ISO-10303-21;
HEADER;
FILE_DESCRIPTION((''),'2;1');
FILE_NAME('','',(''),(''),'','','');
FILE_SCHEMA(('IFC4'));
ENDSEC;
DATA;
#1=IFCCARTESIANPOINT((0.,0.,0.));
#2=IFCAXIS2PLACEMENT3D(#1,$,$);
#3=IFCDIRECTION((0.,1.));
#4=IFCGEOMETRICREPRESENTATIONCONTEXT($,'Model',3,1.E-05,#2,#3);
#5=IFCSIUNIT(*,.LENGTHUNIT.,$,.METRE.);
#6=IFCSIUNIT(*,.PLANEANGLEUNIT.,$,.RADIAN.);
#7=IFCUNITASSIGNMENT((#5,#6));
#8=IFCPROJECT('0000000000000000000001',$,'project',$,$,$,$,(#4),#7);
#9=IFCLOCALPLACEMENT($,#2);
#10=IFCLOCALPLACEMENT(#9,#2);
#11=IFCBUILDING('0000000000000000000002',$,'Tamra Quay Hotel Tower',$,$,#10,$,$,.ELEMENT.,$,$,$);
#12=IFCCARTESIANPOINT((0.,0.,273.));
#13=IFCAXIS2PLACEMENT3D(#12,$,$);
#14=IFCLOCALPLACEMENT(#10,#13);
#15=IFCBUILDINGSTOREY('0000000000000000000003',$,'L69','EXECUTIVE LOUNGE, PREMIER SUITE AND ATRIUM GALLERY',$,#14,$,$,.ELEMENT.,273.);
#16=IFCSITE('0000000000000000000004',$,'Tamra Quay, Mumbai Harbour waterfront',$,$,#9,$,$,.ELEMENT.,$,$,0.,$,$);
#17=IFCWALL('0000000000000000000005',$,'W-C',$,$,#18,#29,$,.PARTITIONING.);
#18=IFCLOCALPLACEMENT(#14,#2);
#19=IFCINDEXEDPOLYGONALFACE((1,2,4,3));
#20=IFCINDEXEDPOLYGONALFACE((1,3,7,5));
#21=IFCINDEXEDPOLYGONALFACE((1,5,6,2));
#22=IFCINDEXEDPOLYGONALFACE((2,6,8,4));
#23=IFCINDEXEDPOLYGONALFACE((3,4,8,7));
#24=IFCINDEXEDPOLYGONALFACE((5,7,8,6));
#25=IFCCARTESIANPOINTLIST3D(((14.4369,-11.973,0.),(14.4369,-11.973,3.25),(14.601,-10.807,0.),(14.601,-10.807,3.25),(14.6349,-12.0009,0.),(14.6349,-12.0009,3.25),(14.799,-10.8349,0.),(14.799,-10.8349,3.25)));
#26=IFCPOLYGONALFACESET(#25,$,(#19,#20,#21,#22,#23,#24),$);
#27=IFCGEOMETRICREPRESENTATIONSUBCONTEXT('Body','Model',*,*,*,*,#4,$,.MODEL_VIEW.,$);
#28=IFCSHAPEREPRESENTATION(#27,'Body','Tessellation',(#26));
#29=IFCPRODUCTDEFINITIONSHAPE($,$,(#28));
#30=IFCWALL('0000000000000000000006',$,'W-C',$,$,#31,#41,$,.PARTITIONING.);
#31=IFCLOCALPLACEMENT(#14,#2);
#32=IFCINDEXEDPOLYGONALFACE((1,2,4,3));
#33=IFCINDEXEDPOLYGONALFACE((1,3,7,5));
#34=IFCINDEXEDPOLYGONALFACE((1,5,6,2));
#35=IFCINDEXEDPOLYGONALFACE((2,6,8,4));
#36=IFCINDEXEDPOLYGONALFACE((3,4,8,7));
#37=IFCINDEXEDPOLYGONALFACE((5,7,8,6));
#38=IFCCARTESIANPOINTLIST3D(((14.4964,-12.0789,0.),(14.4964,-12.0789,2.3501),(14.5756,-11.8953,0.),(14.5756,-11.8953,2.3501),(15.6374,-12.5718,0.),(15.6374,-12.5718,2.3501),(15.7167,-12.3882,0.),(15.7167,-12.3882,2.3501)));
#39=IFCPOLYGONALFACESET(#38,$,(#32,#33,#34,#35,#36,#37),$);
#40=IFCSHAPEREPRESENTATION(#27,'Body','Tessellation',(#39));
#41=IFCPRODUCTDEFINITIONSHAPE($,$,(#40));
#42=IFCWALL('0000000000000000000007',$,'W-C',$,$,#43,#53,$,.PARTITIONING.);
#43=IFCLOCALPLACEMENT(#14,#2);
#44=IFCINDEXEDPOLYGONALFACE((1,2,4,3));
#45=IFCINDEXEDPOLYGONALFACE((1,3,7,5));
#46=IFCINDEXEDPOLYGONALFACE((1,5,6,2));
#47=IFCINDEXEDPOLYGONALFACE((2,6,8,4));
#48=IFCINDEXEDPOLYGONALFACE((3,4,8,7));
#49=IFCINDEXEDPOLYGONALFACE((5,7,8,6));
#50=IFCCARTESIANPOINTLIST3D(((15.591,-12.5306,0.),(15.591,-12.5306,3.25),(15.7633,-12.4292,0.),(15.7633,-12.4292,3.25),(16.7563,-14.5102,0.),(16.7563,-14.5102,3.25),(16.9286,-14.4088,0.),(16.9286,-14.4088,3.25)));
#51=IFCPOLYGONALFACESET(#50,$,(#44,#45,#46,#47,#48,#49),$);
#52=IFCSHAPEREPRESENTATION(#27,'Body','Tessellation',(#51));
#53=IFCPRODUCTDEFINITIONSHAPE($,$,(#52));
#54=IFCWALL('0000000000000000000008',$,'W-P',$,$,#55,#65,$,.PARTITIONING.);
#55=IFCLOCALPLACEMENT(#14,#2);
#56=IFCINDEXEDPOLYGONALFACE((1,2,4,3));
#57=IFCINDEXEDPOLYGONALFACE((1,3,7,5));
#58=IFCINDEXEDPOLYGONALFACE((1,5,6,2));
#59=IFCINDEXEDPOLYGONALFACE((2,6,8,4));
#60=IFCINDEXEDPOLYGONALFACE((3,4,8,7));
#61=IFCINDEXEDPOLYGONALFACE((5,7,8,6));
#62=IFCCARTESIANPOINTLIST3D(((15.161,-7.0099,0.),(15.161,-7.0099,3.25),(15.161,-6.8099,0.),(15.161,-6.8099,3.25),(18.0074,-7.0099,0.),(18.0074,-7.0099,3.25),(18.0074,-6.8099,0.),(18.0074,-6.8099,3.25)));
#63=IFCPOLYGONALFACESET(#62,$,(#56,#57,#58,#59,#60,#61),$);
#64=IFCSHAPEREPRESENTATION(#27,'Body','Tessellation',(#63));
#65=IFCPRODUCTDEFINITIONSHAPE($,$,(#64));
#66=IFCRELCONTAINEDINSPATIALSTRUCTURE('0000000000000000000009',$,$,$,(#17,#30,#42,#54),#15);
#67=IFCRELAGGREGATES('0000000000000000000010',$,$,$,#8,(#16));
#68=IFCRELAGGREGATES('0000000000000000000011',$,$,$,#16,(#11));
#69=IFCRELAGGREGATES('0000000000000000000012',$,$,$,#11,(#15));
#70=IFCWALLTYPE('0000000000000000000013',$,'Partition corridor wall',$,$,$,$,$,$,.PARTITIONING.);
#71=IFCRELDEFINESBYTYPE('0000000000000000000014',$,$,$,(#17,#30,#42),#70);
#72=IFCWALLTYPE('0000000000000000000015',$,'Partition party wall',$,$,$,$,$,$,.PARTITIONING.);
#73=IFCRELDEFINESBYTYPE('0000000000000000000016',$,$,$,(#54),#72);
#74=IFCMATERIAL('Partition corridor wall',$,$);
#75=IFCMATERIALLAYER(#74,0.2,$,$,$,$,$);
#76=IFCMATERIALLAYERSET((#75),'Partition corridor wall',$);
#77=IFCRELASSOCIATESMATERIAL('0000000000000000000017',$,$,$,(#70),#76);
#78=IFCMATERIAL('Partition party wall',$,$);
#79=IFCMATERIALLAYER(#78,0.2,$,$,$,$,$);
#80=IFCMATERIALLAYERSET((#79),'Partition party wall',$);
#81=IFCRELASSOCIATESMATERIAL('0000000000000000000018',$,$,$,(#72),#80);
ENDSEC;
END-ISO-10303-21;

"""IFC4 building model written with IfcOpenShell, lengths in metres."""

from ifc_helpers import new_model, si_unit, direction, frame, frame_2d, origin, place, context, subcontext, project, spatial, rectangle, extrude, material, layer, layer_set, type_object, element, save


model = new_model("IFC4")

# Units and contexts
model_context = context("Model", 3, precision=1e-05, world=origin(), true_north=direction((0.0, 1.0)))
body_context = subcontext(model_context, "Body", "Model", "MODEL_VIEW")
ifc_project = project(units=[si_unit("LENGTHUNIT", "METRE"), si_unit("PLANEANGLEUNIT", "RADIAN")], contexts=[model_context])

# Site, building, storey
site_placement = place(None, origin())
site = spatial("IfcSite", under=ifc_project, at=site_placement, Name="Tamra Quay, Mumbai Harbour waterfront", CompositionType="ELEMENT", RefElevation=0.0)
building_placement = place(site_placement, origin())
building = spatial("IfcBuilding", under=site, at=building_placement, Name="Tamra Quay Hotel Tower", CompositionType="ELEMENT")
storey_placement = place(building_placement, frame((0.0, 0.0, 273.0)))
storey = spatial("IfcBuildingStorey", under=building, at=storey_placement, Name="L69", Description="EXECUTIVE LOUNGE, PREMIER SUITE AND ATRIUM GALLERY", CompositionType="ELEMENT", Elevation=273.0)

# Walls
ifc_material_1 = material(Name="Partition corridor wall")
ifc_layer_1 = layer(ifc_material_1, 0.2)
ifc_layer_set_1 = layer_set([ifc_layer_1], Name="Partition corridor wall")
wall_type_1 = type_object("IfcWallType", Name="Partition corridor wall", PredefinedType="PARTITIONING", material=ifc_layer_set_1)
wall_1_placement = place(storey_placement, frame((14.5359, -11.9871, 0.0), z_axis=(0.0, 0.0, 1.0), x_axis=(0.139331, 0.990246, 0.0)))
element("IfcWall", 1, at=wall_1_placement, inside=storey, type_object=wall_type_1, Name="W-C", PredefinedType="PARTITIONING", context=body_context, shape_type="SweptSolid", body=[
    extrude(rectangle(XDim=1.1775, YDim=0.2, at=frame_2d((0.5889, 0.0))), origin(), (0.0, 0.0, 1.0), 3.25),
])
wall_2_placement = place(storey_placement, frame((14.5359, -11.9871, 0.0), z_axis=(0.0, 0.0, 1.0), x_axis=(0.918014, -0.396549, 0.0)))
element("IfcWall", 2, at=wall_2_placement, inside=storey, type_object=wall_type_1, Name="W-C", PredefinedType="PARTITIONING", context=body_context, shape_type="SweptSolid", body=[
    extrude(rectangle(XDim=1.2429, YDim=0.2, at=frame_2d((0.6216, 0.0))), origin(), (0.0, 0.0, 1.0), 2.3501),
])
wall_3_placement = place(storey_placement, frame((15.6772, -12.48, 0.0), z_axis=(0.0, 0.0, 1.0), x_axis=(0.507257, -0.861795, 0.0)))
element("IfcWall", 3, at=wall_3_placement, inside=storey, type_object=wall_type_1, Name="W-C", PredefinedType="PARTITIONING", context=body_context, shape_type="SweptSolid", body=[
    extrude(rectangle(XDim=2.2971, YDim=0.2, at=frame_2d((1.1484, 0.0))), origin(), (0.0, 0.0, 1.0), 3.25),
])
ifc_material_2 = material(Name="Partition party wall")
ifc_layer_2 = layer(ifc_material_2, 0.2)
ifc_layer_set_2 = layer_set([ifc_layer_2], Name="Partition party wall")
wall_type_2 = type_object("IfcWallType", Name="Partition party wall", PredefinedType="PARTITIONING", material=ifc_layer_set_2)
wall_4_placement = place(storey_placement, frame((15.1609, -6.9099, 0.0), z_axis=(0.0, 0.0, 1.0), x_axis=(1.0, 0.0, 0.0)))
element("IfcWall", 4, at=wall_4_placement, inside=storey, type_object=wall_type_2, Name="W-P", PredefinedType="PARTITIONING", context=body_context, shape_type="SweptSolid", body=[
    extrude(rectangle(XDim=2.8464, YDim=0.2, at=frame_2d((1.4233, 0.0))), origin(), (0.0, 0.0, 1.0), 3.25),
])

save(model, "model.ifc")
